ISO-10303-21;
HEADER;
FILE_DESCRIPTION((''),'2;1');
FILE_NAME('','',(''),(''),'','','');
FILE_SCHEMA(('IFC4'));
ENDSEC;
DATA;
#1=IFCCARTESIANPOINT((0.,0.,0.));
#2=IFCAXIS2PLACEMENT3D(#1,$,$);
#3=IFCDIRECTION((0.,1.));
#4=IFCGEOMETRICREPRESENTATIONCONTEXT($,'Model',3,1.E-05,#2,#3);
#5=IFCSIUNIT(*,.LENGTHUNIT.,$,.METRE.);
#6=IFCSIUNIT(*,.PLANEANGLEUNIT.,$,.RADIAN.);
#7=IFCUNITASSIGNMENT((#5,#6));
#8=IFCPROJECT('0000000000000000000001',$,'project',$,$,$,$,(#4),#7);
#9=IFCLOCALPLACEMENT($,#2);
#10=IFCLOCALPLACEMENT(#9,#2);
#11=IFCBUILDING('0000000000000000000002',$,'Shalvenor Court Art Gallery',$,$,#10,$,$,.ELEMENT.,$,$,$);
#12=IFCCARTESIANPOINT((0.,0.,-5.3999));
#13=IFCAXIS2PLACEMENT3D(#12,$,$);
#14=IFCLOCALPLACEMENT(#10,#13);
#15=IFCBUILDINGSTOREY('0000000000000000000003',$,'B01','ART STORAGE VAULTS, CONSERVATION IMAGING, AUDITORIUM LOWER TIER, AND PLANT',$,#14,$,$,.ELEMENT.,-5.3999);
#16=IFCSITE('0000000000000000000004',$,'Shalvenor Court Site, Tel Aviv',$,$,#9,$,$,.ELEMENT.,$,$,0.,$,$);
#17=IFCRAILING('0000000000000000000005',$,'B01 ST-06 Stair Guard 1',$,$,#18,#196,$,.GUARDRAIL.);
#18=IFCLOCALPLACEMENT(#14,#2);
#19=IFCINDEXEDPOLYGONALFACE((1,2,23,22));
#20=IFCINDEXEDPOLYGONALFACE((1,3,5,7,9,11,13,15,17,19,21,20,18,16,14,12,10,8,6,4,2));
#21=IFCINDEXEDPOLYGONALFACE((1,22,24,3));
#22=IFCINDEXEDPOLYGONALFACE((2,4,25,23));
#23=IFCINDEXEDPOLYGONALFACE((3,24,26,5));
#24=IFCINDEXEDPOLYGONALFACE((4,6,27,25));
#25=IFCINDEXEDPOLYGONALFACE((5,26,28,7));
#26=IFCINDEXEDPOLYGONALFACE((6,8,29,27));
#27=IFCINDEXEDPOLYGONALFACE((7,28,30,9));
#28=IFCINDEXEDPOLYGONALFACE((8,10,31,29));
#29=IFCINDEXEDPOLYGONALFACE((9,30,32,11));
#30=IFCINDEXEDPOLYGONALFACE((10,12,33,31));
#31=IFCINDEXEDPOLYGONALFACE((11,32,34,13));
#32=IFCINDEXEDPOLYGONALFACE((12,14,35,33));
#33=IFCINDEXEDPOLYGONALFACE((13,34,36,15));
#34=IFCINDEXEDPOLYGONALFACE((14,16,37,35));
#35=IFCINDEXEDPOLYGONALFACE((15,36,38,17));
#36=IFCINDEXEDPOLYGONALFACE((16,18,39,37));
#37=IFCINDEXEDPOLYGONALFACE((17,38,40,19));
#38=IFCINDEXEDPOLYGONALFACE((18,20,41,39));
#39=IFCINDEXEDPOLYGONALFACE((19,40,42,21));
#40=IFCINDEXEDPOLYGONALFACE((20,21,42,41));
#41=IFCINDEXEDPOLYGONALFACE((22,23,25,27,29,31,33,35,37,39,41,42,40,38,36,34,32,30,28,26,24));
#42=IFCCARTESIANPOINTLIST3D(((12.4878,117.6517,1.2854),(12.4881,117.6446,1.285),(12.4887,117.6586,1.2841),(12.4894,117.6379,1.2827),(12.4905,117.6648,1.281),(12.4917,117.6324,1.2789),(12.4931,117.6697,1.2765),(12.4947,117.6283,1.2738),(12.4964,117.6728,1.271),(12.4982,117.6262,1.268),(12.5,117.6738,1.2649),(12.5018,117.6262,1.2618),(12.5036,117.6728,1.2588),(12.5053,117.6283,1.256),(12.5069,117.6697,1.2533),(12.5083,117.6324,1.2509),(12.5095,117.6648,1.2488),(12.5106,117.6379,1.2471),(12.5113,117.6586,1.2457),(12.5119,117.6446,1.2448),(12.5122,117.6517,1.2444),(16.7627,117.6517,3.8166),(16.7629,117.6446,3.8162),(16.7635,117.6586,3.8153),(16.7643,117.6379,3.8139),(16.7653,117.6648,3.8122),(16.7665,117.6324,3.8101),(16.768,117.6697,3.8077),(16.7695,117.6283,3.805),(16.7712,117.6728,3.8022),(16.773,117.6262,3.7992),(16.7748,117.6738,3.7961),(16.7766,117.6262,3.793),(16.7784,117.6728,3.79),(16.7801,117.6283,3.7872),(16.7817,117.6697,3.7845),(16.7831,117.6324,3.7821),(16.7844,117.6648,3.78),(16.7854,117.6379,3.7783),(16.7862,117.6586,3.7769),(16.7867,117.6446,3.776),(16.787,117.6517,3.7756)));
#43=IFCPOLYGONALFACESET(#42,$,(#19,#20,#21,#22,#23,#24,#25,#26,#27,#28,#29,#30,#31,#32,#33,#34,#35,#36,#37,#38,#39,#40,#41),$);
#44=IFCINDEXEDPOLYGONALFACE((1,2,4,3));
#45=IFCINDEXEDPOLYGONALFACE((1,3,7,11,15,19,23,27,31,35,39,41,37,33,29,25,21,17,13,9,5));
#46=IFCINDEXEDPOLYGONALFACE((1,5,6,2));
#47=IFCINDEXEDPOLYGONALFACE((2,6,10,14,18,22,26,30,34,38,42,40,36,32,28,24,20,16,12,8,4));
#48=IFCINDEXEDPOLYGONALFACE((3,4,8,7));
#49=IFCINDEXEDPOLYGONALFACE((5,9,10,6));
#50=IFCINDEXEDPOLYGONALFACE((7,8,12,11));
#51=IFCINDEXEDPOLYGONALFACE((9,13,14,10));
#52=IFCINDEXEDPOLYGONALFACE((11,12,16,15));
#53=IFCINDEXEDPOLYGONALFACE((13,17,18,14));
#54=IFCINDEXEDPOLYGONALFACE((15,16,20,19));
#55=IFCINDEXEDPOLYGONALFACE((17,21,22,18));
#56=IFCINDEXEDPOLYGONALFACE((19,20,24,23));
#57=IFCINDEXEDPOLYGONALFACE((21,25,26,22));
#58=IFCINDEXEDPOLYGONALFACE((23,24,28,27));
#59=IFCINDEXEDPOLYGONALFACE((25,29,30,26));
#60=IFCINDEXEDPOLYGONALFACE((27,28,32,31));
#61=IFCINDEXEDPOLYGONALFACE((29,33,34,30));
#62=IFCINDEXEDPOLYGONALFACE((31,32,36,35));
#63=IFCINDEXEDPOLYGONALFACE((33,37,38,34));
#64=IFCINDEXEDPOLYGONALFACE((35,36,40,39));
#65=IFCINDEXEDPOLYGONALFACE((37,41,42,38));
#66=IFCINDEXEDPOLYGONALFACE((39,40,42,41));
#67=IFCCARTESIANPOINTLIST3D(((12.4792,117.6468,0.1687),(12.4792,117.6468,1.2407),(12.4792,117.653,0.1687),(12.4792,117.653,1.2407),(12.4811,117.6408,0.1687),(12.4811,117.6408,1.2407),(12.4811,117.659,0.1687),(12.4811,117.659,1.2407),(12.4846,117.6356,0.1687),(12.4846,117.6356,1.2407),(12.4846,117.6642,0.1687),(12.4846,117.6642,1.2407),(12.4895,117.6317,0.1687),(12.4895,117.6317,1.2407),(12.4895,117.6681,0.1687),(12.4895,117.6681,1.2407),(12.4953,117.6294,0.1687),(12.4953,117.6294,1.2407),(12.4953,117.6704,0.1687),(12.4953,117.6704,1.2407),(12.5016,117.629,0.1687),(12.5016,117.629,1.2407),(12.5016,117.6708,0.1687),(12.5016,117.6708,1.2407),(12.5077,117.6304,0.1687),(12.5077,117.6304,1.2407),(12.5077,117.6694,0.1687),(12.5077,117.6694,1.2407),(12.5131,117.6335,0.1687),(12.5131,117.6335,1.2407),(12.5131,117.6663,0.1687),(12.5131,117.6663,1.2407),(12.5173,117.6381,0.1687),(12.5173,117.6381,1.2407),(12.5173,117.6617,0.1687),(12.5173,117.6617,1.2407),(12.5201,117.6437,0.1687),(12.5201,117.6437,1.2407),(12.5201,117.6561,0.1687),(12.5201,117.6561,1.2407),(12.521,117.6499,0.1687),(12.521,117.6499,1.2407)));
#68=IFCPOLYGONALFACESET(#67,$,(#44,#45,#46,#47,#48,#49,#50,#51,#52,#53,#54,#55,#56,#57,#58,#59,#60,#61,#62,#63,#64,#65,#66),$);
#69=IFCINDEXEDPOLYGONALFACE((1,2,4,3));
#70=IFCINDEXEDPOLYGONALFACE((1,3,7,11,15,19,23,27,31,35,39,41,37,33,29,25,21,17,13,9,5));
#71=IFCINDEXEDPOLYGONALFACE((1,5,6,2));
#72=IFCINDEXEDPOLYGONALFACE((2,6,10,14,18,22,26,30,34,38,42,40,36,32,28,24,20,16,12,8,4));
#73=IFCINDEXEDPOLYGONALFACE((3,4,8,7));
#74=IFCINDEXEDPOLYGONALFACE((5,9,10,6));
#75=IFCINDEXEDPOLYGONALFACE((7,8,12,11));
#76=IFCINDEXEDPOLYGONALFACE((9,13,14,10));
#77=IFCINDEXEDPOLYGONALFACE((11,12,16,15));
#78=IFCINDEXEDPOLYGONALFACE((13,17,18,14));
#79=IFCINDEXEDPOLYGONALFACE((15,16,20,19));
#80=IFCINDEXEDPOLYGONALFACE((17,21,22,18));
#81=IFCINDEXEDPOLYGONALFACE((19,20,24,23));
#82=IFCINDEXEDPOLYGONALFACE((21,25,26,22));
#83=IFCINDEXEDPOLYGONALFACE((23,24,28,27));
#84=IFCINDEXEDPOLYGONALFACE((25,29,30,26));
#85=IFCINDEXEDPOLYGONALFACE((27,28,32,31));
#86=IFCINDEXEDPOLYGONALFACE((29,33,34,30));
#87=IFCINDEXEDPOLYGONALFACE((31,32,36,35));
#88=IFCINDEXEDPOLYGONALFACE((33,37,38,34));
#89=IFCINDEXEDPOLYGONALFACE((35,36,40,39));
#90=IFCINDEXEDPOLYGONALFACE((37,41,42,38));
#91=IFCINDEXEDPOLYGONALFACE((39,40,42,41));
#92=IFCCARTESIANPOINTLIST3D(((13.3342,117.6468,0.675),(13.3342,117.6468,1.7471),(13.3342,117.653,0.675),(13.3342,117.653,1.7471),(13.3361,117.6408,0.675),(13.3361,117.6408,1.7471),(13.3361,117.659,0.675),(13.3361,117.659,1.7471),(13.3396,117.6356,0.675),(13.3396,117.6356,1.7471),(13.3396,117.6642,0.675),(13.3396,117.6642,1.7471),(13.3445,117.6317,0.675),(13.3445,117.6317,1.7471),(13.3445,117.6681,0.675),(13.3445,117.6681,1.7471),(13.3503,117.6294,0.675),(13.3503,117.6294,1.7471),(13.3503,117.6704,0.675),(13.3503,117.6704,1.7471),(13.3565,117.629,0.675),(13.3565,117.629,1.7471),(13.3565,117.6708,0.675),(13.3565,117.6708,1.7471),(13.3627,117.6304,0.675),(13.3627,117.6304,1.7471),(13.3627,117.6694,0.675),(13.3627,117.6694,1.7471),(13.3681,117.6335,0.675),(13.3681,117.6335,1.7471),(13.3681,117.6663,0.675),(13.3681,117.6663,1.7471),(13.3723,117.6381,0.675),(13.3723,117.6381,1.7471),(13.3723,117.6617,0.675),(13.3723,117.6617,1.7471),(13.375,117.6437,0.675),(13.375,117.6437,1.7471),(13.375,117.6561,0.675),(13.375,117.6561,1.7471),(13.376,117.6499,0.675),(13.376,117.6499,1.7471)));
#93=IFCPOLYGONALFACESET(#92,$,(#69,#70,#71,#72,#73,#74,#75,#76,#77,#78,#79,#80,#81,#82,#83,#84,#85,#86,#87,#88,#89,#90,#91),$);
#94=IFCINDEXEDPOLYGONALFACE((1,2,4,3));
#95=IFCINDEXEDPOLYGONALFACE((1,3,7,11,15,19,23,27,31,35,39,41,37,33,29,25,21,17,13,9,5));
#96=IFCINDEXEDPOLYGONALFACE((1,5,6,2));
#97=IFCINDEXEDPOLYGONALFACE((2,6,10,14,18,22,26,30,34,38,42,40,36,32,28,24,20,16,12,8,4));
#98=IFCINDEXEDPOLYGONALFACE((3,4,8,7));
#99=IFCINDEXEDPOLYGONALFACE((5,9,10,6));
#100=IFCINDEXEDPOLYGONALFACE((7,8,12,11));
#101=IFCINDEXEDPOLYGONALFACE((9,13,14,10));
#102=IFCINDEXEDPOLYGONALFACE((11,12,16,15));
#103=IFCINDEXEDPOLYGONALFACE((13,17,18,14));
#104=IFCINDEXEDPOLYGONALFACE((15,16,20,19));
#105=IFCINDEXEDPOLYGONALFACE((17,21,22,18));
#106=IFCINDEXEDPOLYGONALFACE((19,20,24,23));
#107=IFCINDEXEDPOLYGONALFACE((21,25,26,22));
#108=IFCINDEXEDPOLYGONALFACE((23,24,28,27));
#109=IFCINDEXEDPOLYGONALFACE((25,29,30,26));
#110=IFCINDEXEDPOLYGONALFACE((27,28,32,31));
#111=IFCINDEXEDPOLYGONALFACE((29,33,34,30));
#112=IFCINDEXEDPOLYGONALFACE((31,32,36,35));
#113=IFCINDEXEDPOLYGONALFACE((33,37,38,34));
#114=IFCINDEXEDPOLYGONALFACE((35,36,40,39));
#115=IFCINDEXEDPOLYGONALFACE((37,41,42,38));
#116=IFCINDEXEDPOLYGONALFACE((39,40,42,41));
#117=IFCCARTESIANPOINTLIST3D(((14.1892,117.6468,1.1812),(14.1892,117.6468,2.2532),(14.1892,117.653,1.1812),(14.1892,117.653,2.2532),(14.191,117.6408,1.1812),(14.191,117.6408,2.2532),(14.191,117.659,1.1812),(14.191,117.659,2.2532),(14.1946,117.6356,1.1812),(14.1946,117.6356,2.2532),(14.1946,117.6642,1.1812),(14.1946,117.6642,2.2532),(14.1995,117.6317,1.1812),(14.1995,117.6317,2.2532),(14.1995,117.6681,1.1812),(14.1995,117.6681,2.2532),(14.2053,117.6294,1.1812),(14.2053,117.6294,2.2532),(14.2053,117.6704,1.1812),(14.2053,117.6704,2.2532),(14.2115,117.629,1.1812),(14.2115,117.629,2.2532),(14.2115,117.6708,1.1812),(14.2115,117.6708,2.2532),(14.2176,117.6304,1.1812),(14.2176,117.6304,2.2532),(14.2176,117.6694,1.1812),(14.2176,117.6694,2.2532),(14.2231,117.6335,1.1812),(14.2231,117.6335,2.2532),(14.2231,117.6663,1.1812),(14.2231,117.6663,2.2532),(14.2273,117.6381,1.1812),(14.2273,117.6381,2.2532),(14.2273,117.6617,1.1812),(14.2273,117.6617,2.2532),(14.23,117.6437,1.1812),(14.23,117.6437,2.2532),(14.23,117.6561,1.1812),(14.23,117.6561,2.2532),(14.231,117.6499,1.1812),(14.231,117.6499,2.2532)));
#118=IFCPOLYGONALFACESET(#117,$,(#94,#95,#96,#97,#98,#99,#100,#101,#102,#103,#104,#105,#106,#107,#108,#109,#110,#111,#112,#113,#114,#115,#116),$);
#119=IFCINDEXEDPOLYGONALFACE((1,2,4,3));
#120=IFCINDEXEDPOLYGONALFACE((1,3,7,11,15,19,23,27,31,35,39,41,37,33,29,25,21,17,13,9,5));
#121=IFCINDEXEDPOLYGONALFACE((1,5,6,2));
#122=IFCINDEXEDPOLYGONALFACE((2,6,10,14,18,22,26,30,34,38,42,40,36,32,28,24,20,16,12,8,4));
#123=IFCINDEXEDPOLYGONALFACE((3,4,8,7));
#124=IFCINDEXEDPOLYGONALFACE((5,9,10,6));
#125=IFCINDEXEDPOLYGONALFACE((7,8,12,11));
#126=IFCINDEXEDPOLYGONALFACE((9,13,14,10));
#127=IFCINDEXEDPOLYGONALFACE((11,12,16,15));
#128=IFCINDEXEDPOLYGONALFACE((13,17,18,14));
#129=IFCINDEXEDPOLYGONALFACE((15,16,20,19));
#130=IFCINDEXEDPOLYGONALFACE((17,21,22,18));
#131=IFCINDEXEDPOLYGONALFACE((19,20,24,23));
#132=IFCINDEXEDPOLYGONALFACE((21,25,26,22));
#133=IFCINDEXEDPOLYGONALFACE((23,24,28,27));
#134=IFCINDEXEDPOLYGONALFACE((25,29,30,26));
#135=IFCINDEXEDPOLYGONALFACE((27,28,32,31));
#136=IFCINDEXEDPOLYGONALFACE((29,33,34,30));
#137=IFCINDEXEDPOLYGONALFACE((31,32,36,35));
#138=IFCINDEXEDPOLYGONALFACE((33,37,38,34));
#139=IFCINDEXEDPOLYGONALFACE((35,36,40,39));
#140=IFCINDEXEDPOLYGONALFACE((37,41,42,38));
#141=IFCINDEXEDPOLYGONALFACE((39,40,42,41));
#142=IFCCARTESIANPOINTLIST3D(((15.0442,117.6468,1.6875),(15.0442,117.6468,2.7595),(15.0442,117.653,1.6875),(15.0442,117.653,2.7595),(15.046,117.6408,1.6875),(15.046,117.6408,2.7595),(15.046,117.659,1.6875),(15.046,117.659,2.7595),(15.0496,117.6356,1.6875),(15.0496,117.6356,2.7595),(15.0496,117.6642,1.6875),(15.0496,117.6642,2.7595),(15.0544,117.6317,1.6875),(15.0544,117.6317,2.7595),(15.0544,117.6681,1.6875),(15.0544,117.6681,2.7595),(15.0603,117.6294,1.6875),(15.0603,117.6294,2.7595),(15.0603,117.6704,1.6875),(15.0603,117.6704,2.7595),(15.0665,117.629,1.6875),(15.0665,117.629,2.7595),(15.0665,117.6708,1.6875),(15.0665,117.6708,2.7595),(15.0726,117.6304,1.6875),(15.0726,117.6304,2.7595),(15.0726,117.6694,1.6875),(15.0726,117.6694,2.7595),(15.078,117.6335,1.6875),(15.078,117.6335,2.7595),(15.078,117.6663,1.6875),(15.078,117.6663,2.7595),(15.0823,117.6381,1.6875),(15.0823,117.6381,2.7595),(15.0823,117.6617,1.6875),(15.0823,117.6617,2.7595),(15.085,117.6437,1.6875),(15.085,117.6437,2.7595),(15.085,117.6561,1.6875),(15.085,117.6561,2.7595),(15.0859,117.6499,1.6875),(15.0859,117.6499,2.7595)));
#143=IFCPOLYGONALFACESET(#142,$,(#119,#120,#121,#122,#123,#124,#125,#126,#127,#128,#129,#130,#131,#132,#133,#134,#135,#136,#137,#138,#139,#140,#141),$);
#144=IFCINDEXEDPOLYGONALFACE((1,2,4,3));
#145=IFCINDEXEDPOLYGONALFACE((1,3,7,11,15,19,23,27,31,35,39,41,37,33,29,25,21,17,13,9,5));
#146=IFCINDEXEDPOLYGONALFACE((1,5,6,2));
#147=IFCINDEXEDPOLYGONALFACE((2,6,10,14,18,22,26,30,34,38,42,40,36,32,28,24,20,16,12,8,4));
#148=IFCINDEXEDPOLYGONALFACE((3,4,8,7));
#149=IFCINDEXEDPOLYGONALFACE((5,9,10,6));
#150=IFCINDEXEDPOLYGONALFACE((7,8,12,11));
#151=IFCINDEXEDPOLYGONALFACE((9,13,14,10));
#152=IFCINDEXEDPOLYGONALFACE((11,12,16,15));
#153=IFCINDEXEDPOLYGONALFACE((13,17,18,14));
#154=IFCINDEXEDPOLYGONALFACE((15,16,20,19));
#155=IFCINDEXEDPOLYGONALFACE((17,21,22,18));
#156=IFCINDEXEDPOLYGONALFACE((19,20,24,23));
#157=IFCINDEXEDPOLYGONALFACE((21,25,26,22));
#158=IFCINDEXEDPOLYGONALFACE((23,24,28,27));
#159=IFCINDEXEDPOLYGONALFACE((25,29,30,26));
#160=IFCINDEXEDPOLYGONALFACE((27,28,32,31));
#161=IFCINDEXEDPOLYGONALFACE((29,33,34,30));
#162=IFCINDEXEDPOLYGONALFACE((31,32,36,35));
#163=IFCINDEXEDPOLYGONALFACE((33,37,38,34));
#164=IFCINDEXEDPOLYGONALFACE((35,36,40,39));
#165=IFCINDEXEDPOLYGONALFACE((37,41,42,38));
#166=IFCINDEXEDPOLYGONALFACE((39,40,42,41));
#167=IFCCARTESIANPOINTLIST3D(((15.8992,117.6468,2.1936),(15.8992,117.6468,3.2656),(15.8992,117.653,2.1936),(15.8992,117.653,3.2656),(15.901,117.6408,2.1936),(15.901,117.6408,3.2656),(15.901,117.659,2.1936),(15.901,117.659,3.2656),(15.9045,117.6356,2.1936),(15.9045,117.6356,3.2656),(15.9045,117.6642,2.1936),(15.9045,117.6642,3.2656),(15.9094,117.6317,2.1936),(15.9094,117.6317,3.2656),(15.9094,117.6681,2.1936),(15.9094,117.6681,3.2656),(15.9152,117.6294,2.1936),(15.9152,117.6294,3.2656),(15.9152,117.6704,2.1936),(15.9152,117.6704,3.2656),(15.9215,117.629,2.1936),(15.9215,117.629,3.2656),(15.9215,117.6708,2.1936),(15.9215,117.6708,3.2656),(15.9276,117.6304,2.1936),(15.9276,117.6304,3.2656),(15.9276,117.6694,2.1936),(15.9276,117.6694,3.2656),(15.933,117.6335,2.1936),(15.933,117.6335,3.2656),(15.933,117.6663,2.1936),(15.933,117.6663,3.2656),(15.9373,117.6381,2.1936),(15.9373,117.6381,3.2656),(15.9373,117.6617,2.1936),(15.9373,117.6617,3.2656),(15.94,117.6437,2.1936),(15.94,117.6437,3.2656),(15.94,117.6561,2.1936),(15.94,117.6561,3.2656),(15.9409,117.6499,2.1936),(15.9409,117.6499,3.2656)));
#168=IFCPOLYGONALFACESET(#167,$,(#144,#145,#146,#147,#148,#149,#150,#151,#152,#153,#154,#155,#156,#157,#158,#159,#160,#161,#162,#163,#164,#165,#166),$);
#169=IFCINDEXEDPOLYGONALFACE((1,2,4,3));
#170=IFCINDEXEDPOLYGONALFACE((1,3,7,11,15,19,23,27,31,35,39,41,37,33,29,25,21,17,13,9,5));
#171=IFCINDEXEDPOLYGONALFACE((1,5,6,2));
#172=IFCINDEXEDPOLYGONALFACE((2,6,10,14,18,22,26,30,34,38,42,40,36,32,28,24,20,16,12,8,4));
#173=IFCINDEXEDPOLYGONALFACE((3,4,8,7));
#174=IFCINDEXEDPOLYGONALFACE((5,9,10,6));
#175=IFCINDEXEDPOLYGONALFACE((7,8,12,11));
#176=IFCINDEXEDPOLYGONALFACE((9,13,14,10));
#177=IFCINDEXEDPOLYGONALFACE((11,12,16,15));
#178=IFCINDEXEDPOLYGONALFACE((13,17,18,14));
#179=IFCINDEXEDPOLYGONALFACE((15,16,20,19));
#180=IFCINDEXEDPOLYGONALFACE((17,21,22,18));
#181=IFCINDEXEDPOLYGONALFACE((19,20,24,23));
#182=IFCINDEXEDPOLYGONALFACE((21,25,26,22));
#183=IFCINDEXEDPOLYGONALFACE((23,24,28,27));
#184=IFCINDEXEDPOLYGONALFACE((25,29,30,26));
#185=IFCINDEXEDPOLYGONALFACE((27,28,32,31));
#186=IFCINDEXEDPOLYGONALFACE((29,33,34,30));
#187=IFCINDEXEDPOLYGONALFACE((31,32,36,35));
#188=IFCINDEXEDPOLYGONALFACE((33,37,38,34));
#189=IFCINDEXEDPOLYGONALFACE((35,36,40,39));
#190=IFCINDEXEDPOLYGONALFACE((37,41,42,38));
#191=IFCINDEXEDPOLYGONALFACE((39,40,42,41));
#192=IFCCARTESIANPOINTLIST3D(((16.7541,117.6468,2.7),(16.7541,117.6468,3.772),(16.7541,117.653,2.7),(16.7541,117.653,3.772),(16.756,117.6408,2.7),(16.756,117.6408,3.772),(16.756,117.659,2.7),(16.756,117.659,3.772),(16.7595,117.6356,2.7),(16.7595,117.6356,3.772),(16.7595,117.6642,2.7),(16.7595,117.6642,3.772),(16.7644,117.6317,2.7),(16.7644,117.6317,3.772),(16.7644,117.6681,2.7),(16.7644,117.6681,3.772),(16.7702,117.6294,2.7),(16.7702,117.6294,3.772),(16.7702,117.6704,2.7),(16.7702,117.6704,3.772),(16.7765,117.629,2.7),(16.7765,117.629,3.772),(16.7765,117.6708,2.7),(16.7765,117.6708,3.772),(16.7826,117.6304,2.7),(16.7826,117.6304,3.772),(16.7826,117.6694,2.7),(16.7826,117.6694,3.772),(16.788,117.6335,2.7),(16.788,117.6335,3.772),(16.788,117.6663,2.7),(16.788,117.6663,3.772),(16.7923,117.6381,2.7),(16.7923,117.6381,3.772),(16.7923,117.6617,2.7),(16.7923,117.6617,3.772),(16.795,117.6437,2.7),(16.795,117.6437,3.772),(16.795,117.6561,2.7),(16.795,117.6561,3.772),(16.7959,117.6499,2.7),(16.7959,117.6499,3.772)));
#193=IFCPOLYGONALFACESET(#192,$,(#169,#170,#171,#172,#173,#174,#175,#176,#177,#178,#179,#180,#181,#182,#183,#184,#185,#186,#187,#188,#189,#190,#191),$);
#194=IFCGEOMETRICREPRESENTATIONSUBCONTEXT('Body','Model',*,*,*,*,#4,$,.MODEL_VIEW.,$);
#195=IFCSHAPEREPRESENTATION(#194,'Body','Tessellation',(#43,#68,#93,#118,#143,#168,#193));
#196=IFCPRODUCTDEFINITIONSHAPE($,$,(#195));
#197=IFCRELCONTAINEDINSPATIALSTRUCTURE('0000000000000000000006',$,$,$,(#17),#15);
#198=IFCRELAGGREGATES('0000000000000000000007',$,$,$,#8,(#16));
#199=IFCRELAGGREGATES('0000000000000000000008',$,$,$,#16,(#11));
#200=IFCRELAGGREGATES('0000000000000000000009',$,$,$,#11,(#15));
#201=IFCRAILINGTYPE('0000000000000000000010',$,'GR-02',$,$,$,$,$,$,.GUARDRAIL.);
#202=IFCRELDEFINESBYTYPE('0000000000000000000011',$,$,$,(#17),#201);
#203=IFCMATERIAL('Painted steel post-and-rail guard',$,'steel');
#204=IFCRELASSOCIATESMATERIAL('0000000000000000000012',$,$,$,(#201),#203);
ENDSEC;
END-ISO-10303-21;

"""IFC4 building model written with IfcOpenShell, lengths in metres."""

from ifc_helpers import new_model, si_unit, direction, frame, origin, origin_2d, place, context, subcontext, project, spatial, circle, extrude, material, type_object, element, save


model = new_model("IFC4")

# Units and contexts
model_context = context("Model", 3, precision=1e-05, world=origin(), true_north=direction((0.0, 1.0)))
body_context = subcontext(model_context, "Body", "Model", "MODEL_VIEW")
ifc_project = project(units=[si_unit("LENGTHUNIT", "METRE"), si_unit("PLANEANGLEUNIT", "RADIAN")], contexts=[model_context])

# Site, building, storey
site_placement = place(None, origin())
site = spatial("IfcSite", under=ifc_project, at=site_placement, Name="Shalvenor Court Site, Tel Aviv", CompositionType="ELEMENT", RefElevation=0.0)
building_placement = place(site_placement, origin())
building = spatial("IfcBuilding", under=site, at=building_placement, Name="Shalvenor Court Art Gallery", CompositionType="ELEMENT")
storey_placement = place(building_placement, frame((0.0, 0.0, -5.3999)))
storey = spatial("IfcBuildingStorey", under=building, at=storey_placement, Name="B01", Description="ART STORAGE VAULTS, CONSERVATION IMAGING, AUDITORIUM LOWER TIER, AND PLANT", CompositionType="ELEMENT", Elevation=-5.3999)

# Railing
ifc_material_1 = material(Name="Painted steel post-and-rail guard", Category="steel")
railing_type_1 = type_object("IfcRailingType", Name="GR-02", PredefinedType="GUARDRAIL", material=ifc_material_1)
railing_1_placement = place(storey_placement, frame((12.5, 117.6499, 0.1687)))
element("IfcRailing", 1, at=railing_1_placement, inside=storey, type_object=railing_type_1, Name="B01 ST-06 Stair Guard 1", PredefinedType="GUARDRAIL", context=body_context, shape_type="SweptSolid", body=[
    extrude(circle(Radius=0.0239, at=origin_2d()), frame((0.0, 0.0, 1.0962), z_axis=(0.86047, 0.0, 0.509501), x_axis=(0.0, 1.0, 0.0)), (0.0, 0.0, 1.0), 4.968),
    extrude(circle(Radius=0.021, at=origin_2d()), origin(), (0.0, 0.0, 1.0), 1.072),
    extrude(circle(Radius=0.021, at=origin_2d()), frame((0.855, 0.0, 0.5063)), (0.0, 0.0, 1.0), 1.072),
    extrude(circle(Radius=0.021, at=origin_2d()), frame((1.71, 0.0, 1.0125)), (0.0, 0.0, 1.0), 1.072),
    extrude(circle(Radius=0.021, at=origin_2d()), frame((2.5649, 0.0, 1.5188)), (0.0, 0.0, 1.0), 1.072),
    extrude(circle(Radius=0.021, at=origin_2d()), frame((3.4199, 0.0, 2.0249)), (0.0, 0.0, 1.0), 1.072),
    extrude(circle(Radius=0.021, at=origin_2d()), frame((4.2749, 0.0, 2.5312)), (0.0, 0.0, 1.0), 1.072),
])

save(model, "model.ifc")
